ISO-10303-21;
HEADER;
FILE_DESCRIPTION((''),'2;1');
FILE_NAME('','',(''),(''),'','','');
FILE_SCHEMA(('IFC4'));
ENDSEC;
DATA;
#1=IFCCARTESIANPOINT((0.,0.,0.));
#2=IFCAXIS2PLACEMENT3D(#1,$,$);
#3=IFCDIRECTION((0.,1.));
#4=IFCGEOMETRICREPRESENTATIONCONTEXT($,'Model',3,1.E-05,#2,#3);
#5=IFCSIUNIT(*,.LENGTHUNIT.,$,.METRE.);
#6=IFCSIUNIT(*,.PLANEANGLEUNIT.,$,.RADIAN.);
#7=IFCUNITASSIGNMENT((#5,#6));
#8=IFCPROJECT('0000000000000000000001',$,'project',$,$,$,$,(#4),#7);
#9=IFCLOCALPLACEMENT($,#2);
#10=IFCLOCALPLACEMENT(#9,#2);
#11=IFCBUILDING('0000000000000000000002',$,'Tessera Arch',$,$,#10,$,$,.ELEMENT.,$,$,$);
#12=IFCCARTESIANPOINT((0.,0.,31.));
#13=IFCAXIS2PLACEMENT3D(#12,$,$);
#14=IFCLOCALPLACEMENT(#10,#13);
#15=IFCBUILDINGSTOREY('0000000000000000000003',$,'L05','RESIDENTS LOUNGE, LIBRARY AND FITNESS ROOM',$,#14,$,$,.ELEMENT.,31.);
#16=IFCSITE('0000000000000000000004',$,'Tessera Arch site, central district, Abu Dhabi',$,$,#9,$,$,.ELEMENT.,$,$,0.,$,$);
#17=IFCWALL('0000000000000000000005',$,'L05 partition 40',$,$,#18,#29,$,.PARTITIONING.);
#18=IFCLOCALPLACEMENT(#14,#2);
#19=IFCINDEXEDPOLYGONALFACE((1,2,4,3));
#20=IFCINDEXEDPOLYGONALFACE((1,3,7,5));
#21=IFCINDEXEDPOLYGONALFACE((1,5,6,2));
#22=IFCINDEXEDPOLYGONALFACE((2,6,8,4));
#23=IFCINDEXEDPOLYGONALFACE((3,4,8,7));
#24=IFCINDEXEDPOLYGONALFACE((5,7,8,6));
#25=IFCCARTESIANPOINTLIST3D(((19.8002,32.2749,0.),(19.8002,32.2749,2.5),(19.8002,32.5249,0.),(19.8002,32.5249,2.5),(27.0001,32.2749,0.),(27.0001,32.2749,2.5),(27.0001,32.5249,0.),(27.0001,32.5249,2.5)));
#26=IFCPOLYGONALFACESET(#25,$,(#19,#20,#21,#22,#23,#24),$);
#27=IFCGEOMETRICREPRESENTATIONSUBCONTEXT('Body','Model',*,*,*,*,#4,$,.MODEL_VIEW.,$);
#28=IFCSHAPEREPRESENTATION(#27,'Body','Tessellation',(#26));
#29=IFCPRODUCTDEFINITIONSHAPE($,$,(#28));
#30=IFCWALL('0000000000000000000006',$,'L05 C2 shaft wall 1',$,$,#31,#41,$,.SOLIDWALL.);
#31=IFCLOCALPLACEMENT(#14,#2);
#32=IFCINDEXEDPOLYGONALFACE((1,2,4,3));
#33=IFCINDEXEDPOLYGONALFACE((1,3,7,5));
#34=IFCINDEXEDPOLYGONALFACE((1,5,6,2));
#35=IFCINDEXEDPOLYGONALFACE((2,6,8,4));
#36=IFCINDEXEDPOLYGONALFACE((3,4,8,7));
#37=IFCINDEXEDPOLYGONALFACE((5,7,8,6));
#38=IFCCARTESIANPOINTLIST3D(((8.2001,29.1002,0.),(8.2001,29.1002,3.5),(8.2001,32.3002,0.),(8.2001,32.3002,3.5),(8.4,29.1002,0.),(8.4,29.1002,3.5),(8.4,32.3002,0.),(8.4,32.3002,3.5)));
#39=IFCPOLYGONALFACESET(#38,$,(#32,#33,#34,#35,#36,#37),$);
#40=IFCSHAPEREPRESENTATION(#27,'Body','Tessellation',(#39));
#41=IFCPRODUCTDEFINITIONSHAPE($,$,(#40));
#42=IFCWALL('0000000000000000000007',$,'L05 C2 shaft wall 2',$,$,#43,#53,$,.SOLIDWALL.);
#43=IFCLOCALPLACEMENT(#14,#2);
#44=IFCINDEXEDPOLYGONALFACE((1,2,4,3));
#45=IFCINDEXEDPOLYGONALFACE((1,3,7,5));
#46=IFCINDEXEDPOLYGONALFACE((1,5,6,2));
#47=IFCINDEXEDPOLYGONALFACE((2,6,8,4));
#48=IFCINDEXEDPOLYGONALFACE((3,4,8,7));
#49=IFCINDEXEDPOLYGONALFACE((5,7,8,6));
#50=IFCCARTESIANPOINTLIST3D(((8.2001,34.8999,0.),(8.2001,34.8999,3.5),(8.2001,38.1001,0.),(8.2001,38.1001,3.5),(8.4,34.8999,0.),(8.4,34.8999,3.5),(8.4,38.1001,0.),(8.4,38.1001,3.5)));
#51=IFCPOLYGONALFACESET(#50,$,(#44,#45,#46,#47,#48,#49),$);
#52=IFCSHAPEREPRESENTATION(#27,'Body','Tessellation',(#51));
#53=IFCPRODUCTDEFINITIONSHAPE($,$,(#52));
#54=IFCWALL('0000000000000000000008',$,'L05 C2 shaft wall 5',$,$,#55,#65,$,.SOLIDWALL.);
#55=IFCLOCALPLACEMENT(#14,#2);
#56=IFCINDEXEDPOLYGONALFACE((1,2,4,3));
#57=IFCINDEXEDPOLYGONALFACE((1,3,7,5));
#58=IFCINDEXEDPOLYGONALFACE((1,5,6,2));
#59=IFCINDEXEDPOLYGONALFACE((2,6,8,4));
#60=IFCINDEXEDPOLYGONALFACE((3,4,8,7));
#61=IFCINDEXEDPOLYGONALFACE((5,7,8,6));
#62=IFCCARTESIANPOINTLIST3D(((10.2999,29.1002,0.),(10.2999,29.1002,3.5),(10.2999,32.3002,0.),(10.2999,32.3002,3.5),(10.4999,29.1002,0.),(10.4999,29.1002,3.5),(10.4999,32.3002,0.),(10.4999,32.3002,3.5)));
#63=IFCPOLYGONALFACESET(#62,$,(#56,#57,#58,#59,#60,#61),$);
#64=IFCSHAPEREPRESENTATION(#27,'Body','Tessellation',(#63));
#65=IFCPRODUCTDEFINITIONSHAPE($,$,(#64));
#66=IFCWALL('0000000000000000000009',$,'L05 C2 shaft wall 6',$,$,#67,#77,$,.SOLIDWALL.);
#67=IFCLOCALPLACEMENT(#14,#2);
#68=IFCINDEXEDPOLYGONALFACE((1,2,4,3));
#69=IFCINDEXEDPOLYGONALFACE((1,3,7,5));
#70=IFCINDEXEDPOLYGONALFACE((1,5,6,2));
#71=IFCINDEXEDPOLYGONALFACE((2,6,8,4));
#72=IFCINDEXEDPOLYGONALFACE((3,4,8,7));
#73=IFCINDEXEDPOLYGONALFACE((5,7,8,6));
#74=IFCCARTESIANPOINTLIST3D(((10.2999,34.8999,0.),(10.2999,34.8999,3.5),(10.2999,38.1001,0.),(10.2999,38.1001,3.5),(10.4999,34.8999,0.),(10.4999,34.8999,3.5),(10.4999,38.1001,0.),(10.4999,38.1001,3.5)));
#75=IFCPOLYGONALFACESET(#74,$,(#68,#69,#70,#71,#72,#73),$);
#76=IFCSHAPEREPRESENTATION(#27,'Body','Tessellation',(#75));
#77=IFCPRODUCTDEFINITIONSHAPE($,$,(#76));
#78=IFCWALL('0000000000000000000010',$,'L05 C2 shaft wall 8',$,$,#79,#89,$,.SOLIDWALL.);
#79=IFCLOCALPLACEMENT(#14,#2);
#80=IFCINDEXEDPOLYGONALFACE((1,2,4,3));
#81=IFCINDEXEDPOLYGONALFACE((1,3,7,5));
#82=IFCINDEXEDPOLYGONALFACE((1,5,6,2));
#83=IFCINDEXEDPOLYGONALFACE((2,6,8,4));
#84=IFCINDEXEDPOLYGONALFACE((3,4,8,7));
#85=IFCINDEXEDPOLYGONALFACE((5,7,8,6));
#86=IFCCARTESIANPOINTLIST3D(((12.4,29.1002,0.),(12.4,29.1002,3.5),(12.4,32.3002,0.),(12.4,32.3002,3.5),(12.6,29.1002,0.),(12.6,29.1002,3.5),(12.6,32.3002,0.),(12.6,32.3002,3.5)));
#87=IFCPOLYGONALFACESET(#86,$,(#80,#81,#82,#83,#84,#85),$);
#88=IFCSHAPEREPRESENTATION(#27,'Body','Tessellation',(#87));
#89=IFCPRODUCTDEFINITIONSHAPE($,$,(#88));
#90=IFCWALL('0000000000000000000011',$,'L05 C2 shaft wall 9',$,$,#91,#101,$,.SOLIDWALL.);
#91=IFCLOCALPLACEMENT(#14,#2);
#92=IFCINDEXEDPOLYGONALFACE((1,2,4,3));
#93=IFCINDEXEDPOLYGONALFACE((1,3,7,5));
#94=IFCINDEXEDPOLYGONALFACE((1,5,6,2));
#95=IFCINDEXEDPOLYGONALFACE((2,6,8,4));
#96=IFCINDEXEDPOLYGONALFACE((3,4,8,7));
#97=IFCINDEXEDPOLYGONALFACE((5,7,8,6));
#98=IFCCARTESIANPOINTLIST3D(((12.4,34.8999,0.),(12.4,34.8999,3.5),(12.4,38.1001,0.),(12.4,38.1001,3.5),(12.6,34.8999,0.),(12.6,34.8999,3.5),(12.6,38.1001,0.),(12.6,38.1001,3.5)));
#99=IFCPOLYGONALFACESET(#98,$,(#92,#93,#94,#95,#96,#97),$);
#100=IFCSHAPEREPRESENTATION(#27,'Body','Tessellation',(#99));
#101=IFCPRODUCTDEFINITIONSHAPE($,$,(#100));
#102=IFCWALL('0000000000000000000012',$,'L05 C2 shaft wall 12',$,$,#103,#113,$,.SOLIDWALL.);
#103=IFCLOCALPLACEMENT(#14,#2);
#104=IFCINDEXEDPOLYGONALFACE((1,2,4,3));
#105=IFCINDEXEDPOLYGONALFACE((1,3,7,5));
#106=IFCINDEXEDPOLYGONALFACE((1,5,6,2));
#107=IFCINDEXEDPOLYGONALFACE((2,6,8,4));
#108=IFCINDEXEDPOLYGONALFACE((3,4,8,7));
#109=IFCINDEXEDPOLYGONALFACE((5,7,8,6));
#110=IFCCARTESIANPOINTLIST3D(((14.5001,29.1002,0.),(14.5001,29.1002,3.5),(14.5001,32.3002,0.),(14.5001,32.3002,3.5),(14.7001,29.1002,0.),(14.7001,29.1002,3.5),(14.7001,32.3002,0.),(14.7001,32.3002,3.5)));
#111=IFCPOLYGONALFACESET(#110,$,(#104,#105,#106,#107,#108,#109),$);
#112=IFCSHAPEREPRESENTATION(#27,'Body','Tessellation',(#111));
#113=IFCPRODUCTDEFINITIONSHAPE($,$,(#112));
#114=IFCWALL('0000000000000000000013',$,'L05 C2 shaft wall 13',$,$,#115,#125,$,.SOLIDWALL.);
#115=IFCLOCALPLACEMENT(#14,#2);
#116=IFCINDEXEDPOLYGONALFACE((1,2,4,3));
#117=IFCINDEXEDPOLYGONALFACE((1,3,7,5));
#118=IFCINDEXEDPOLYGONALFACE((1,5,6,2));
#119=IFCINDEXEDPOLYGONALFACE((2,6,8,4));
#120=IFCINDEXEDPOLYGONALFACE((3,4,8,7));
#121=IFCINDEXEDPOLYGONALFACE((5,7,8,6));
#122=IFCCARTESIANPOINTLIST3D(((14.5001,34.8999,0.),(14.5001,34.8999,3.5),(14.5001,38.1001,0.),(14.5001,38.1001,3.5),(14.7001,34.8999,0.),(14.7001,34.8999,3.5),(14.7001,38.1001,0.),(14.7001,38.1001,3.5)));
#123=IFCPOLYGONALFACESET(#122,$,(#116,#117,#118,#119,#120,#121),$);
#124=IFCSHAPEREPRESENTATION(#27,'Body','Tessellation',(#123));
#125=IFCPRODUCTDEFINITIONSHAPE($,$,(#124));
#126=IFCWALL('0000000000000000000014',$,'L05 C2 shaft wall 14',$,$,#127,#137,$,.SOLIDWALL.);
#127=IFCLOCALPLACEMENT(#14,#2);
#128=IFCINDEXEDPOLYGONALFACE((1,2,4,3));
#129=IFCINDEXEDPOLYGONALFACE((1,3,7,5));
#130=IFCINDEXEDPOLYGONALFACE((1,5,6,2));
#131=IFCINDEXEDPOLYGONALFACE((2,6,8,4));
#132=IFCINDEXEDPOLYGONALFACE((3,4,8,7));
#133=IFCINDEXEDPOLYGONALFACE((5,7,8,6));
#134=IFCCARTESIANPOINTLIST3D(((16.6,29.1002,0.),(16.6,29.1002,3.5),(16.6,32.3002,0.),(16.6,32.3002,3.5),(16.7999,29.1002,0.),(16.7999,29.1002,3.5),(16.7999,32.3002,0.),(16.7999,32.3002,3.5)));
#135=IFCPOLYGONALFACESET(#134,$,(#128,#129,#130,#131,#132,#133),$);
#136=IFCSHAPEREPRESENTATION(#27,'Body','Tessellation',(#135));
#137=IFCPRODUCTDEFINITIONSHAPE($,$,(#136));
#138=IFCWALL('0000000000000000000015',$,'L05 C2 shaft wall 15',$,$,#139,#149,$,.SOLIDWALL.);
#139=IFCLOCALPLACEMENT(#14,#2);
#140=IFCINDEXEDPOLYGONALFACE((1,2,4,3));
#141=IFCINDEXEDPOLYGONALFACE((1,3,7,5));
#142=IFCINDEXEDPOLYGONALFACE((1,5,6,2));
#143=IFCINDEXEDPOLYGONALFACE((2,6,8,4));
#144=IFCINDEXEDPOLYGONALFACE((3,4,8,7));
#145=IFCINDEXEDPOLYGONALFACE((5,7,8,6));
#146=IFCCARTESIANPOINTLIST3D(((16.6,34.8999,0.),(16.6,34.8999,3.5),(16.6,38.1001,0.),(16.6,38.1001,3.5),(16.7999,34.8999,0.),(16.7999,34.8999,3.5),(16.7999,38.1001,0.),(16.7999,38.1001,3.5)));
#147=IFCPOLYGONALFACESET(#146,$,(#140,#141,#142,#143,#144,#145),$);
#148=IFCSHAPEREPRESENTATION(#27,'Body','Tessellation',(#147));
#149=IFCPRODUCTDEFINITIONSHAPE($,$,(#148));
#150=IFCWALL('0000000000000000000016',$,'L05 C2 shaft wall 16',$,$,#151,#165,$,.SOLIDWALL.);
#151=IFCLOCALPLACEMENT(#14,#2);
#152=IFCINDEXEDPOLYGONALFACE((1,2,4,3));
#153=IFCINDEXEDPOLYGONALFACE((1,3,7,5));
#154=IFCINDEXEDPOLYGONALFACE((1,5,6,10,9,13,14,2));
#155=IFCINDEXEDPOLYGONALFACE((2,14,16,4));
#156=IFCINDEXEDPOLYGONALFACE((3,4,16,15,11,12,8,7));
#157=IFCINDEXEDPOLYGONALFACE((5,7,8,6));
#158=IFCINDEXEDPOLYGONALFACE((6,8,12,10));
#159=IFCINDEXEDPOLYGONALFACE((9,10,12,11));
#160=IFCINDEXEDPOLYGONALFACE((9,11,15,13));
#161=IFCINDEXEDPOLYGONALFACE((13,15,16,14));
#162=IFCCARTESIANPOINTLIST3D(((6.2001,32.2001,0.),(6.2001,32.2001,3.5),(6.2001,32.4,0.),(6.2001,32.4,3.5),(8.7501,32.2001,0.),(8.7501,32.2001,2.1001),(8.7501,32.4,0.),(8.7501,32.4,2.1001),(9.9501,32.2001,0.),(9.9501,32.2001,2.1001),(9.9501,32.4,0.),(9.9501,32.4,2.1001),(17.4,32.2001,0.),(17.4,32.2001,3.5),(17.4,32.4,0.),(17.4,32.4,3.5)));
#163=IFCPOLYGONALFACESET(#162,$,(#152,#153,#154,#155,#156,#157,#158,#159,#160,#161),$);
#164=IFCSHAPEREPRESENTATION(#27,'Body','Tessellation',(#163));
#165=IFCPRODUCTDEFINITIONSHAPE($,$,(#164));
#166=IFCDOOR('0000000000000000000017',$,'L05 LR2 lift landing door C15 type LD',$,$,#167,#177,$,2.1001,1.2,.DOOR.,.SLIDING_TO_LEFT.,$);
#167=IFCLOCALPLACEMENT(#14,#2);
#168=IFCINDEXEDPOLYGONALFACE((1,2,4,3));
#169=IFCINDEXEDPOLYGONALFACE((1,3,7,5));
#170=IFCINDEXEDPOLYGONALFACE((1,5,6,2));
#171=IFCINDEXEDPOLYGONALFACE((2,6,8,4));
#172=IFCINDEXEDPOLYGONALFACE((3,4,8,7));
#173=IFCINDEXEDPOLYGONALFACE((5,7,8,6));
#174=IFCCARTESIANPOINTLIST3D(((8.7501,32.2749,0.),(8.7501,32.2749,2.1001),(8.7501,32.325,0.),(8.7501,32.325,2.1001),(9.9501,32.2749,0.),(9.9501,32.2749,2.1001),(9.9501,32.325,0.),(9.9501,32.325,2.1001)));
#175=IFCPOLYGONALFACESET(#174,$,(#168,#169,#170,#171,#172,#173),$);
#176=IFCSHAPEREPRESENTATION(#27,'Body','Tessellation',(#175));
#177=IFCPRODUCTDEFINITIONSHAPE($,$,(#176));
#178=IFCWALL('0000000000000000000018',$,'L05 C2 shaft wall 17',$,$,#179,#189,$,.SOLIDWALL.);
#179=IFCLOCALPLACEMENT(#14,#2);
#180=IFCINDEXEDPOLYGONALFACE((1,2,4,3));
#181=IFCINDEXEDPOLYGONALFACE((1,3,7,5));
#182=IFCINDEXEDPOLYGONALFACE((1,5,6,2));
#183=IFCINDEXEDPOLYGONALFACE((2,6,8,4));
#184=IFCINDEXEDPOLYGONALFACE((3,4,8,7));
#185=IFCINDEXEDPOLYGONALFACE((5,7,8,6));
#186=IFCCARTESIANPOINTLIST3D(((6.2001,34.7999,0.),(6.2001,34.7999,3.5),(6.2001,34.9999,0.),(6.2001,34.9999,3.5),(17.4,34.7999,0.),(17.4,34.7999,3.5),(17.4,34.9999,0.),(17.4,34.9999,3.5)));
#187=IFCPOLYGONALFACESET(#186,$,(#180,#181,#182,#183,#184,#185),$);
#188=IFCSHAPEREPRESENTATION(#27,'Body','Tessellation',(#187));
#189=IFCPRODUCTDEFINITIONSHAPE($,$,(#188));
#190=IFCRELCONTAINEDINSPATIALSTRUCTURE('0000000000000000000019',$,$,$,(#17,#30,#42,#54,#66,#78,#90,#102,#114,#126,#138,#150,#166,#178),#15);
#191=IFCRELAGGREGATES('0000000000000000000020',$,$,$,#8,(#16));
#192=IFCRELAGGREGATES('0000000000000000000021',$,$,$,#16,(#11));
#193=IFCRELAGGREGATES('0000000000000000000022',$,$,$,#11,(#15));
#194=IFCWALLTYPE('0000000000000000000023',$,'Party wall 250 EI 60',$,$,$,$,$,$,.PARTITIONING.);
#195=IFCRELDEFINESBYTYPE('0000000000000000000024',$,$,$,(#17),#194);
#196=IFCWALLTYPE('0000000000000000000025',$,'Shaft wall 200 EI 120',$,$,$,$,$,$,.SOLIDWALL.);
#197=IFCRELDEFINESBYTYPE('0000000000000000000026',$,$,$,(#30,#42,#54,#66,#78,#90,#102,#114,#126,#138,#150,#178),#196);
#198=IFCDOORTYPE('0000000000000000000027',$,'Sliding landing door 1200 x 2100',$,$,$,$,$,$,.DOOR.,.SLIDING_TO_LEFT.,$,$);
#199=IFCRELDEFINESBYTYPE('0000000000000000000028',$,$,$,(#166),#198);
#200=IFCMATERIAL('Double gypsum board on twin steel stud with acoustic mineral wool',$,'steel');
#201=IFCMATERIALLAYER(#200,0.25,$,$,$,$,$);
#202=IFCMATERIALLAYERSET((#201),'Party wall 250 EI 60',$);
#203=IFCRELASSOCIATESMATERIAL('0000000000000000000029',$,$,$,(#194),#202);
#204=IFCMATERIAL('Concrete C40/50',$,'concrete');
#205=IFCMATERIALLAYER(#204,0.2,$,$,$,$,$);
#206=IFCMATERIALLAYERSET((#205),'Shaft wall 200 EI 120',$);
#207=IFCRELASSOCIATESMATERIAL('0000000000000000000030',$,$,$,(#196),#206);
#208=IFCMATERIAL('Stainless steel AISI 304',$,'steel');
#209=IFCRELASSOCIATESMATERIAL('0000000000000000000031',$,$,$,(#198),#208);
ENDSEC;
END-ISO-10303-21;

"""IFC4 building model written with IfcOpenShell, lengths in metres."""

from ifc_helpers import new_model, si_unit, direction, frame, frame_2d, origin, place, context, subcontext, project, spatial, rectangle, extrude, material, layer, layer_set, type_object, element, fill, save


model = new_model("IFC4")

# Units and contexts
model_context = context("Model", 3, precision=1e-05, world=origin(), true_north=direction((0.0, 1.0)))
body_context = subcontext(model_context, "Body", "Model", "MODEL_VIEW")
ifc_project = project(units=[si_unit("LENGTHUNIT", "METRE"), si_unit("PLANEANGLEUNIT", "RADIAN")], contexts=[model_context])

# Site, building, storey
site_placement = place(None, origin())
site = spatial("IfcSite", under=ifc_project, at=site_placement, Name="Tessera Arch site, central district, Abu Dhabi", CompositionType="ELEMENT", RefElevation=0.0)
building_placement = place(site_placement, origin())
building = spatial("IfcBuilding", under=site, at=building_placement, Name="Tessera Arch", CompositionType="ELEMENT")
storey_placement = place(building_placement, frame((0.0, 0.0, 31.0)))
storey = spatial("IfcBuildingStorey", under=building, at=storey_placement, Name="L05", Description="RESIDENTS LOUNGE, LIBRARY AND FITNESS ROOM", CompositionType="ELEMENT", Elevation=31.0)

# Walls
ifc_material_1 = material(Name="Double gypsum board on twin steel stud with acoustic mineral wool", Category="steel")
ifc_layer_1 = layer(ifc_material_1, 0.25)
ifc_layer_set_1 = layer_set([ifc_layer_1], Name="Party wall 250 EI 60")
wall_type_1 = type_object("IfcWallType", Name="Party wall 250 EI 60", PredefinedType="PARTITIONING", material=ifc_layer_set_1)
wall_1_placement = place(storey_placement, frame((19.8, 32.3999, 0.0), z_axis=(0.0, 0.0, 1.0), x_axis=(1.0, 0.0, 0.0)))
element("IfcWall", 1, at=wall_1_placement, inside=storey, type_object=wall_type_1, Name="L05 partition 40", PredefinedType="PARTITIONING", context=body_context, shape_type="SweptSolid", body=[
    extrude(rectangle(XDim=7.2, YDim=0.25, at=frame_2d((3.6001, 0.0))), origin(), (0.0, 0.0, 1.0), 2.5),
])
ifc_material_2 = material(Name="Concrete C40/50", Category="concrete")
ifc_layer_2 = layer(ifc_material_2, 0.2)
ifc_layer_set_2 = layer_set([ifc_layer_2], Name="Shaft wall 200 EI 120")
wall_type_2 = type_object("IfcWallType", Name="Shaft wall 200 EI 120", PredefinedType="SOLIDWALL", material=ifc_layer_set_2)
wall_2_placement = place(storey_placement, frame((8.3, 29.1001, 0.0), z_axis=(0.0, 0.0, 1.0), x_axis=(0.0, 1.0, 0.0)))
element("IfcWall", 2, at=wall_2_placement, inside=storey, type_object=wall_type_2, Name="L05 C2 shaft wall 1", PredefinedType="SOLIDWALL", context=body_context, shape_type="SweptSolid", body=[
    extrude(rectangle(XDim=3.2, YDim=0.2, at=frame_2d((1.6001, 0.0))), origin(), (0.0, 0.0, 1.0), 3.5),
])
wall_3_placement = place(storey_placement, frame((8.3, 34.8999, 0.0), z_axis=(0.0, 0.0, 1.0), x_axis=(0.0, 1.0, 0.0)))
element("IfcWall", 3, at=wall_3_placement, inside=storey, type_object=wall_type_2, Name="L05 C2 shaft wall 2", PredefinedType="SOLIDWALL", context=body_context, shape_type="SweptSolid", body=[
    extrude(rectangle(XDim=3.2002, YDim=0.2, at=frame_2d((1.6001, 0.0))), origin(), (0.0, 0.0, 1.0), 3.5),
])
wall_4_placement = place(storey_placement, frame((10.3999, 29.1001, 0.0), z_axis=(0.0, 0.0, 1.0), x_axis=(0.0, 1.0, 0.0)))
element("IfcWall", 4, at=wall_4_placement, inside=storey, type_object=wall_type_2, Name="L05 C2 shaft wall 5", PredefinedType="SOLIDWALL", context=body_context, shape_type="SweptSolid", body=[
    extrude(rectangle(XDim=3.2, YDim=0.2, at=frame_2d((1.6001, 0.0))), origin(), (0.0, 0.0, 1.0), 3.5),
])
wall_5_placement = place(storey_placement, frame((10.3999, 34.8999, 0.0), z_axis=(0.0, 0.0, 1.0), x_axis=(0.0, 1.0, 0.0)))
element("IfcWall", 5, at=wall_5_placement, inside=storey, type_object=wall_type_2, Name="L05 C2 shaft wall 6", PredefinedType="SOLIDWALL", context=body_context, shape_type="SweptSolid", body=[
    extrude(rectangle(XDim=3.2002, YDim=0.2, at=frame_2d((1.6001, 0.0))), origin(), (0.0, 0.0, 1.0), 3.5),
])
wall_6_placement = place(storey_placement, frame((12.5, 29.1001, 0.0), z_axis=(0.0, 0.0, 1.0), x_axis=(0.0, 1.0, 0.0)))
element("IfcWall", 6, at=wall_6_placement, inside=storey, type_object=wall_type_2, Name="L05 C2 shaft wall 8", PredefinedType="SOLIDWALL", context=body_context, shape_type="SweptSolid", body=[
    extrude(rectangle(XDim=3.2, YDim=0.2, at=frame_2d((1.6001, 0.0))), origin(), (0.0, 0.0, 1.0), 3.5),
])
wall_7_placement = place(storey_placement, frame((12.5, 34.8999, 0.0), z_axis=(0.0, 0.0, 1.0), x_axis=(0.0, 1.0, 0.0)))
element("IfcWall", 7, at=wall_7_placement, inside=storey, type_object=wall_type_2, Name="L05 C2 shaft wall 9", PredefinedType="SOLIDWALL", context=body_context, shape_type="SweptSolid", body=[
    extrude(rectangle(XDim=3.2002, YDim=0.2, at=frame_2d((1.6001, 0.0))), origin(), (0.0, 0.0, 1.0), 3.5),
])
wall_8_placement = place(storey_placement, frame((14.6001, 29.1001, 0.0), z_axis=(0.0, 0.0, 1.0), x_axis=(0.0, 1.0, 0.0)))
element("IfcWall", 8, at=wall_8_placement, inside=storey, type_object=wall_type_2, Name="L05 C2 shaft wall 12", PredefinedType="SOLIDWALL", context=body_context, shape_type="SweptSolid", body=[
    extrude(rectangle(XDim=3.2, YDim=0.2, at=frame_2d((1.6001, 0.0))), origin(), (0.0, 0.0, 1.0), 3.5),
])
wall_9_placement = place(storey_placement, frame((14.6001, 34.8999, 0.0), z_axis=(0.0, 0.0, 1.0), x_axis=(0.0, 1.0, 0.0)))
element("IfcWall", 9, at=wall_9_placement, inside=storey, type_object=wall_type_2, Name="L05 C2 shaft wall 13", PredefinedType="SOLIDWALL", context=body_context, shape_type="SweptSolid", body=[
    extrude(rectangle(XDim=3.2002, YDim=0.2, at=frame_2d((1.6001, 0.0))), origin(), (0.0, 0.0, 1.0), 3.5),
])
wall_10_placement = place(storey_placement, frame((16.7, 29.1001, 0.0), z_axis=(0.0, 0.0, 1.0), x_axis=(0.0, 1.0, 0.0)))
element("IfcWall", 10, at=wall_10_placement, inside=storey, type_object=wall_type_2, Name="L05 C2 shaft wall 14", PredefinedType="SOLIDWALL", context=body_context, shape_type="SweptSolid", body=[
    extrude(rectangle(XDim=3.2, YDim=0.2, at=frame_2d((1.6001, 0.0))), origin(), (0.0, 0.0, 1.0), 3.5),
])
wall_11_placement = place(storey_placement, frame((16.7, 34.8999, 0.0), z_axis=(0.0, 0.0, 1.0), x_axis=(0.0, 1.0, 0.0)))
element("IfcWall", 11, at=wall_11_placement, inside=storey, type_object=wall_type_2, Name="L05 C2 shaft wall 15", PredefinedType="SOLIDWALL", context=body_context, shape_type="SweptSolid", body=[
    extrude(rectangle(XDim=3.2002, YDim=0.2, at=frame_2d((1.6001, 0.0))), origin(), (0.0, 0.0, 1.0), 3.5),
])

# Wall, opening, door
wall_12_placement = place(storey_placement, frame((6.2, 32.3, 0.0), z_axis=(0.0, 0.0, 1.0), x_axis=(1.0, 0.0, 0.0)))
wall_12 = element("IfcWall", 12, at=wall_12_placement, inside=storey, type_object=wall_type_2, Name="L05 C2 shaft wall 16", PredefinedType="SOLIDWALL", context=body_context, shape_type="SweptSolid", body=[
    extrude(rectangle(XDim=11.2, YDim=0.2, at=frame_2d((5.6001, 0.0))), origin(), (0.0, 0.0, 1.0), 3.5),
])
opening_1_placement = place(wall_12_placement, frame((2.55, 0.0, 0.0)))
opening_1 = element("IfcOpeningElement", 13, at=opening_1_placement, cuts=wall_12, PredefinedType="OPENING", context=body_context, shape_type="SweptSolid", body=[
    extrude(rectangle(XDim=1.2, YDim=2.1001, at=frame_2d((0.6001, 1.05))), frame((0.0, 0.1099, 0.0), z_axis=(0.0, -1.0, 0.0), x_axis=(1.0, 0.0, 0.0)), (0.0, 0.0, 1.0), 0.22),
])
ifc_material_3 = material(Name="Stainless steel AISI 304", Category="steel")
door_type_1 = type_object("IfcDoorType", Name="Sliding landing door 1200 x 2100", OperationType="SLIDING_TO_LEFT", PredefinedType="DOOR", material=ifc_material_3)
door_1_placement = place(opening_1_placement, origin())
door_1 = element("IfcDoor", 14, at=door_1_placement, inside=storey, type_object=door_type_1, Name="L05 LR2 lift landing door C15 type LD", OperationType="SLIDING_TO_LEFT", OverallHeight=2.1001, OverallWidth=1.2, PredefinedType="DOOR", context=body_context, shape_type="SweptSolid", body=[
    extrude(rectangle(XDim=1.2, YDim=2.1001, at=frame_2d((0.6001, 1.05))), frame((0.0, 0.0249, 0.0), z_axis=(0.0, -1.0, 0.0), x_axis=(1.0, 0.0, 0.0)), (0.0, 0.0, 1.0), 0.05),
])
fill(opening_1, door_1)

# Wall
wall_13_placement = place(storey_placement, frame((6.2, 34.8999, 0.0), z_axis=(0.0, 0.0, 1.0), x_axis=(1.0, 0.0, 0.0)))
element("IfcWall", 15, at=wall_13_placement, inside=storey, type_object=wall_type_2, Name="L05 C2 shaft wall 17", PredefinedType="SOLIDWALL", context=body_context, shape_type="SweptSolid", body=[
    extrude(rectangle(XDim=11.2, YDim=0.2, at=frame_2d((5.6001, 0.0))), origin(), (0.0, 0.0, 1.0), 3.5),
])

save(model, "model.ifc")
